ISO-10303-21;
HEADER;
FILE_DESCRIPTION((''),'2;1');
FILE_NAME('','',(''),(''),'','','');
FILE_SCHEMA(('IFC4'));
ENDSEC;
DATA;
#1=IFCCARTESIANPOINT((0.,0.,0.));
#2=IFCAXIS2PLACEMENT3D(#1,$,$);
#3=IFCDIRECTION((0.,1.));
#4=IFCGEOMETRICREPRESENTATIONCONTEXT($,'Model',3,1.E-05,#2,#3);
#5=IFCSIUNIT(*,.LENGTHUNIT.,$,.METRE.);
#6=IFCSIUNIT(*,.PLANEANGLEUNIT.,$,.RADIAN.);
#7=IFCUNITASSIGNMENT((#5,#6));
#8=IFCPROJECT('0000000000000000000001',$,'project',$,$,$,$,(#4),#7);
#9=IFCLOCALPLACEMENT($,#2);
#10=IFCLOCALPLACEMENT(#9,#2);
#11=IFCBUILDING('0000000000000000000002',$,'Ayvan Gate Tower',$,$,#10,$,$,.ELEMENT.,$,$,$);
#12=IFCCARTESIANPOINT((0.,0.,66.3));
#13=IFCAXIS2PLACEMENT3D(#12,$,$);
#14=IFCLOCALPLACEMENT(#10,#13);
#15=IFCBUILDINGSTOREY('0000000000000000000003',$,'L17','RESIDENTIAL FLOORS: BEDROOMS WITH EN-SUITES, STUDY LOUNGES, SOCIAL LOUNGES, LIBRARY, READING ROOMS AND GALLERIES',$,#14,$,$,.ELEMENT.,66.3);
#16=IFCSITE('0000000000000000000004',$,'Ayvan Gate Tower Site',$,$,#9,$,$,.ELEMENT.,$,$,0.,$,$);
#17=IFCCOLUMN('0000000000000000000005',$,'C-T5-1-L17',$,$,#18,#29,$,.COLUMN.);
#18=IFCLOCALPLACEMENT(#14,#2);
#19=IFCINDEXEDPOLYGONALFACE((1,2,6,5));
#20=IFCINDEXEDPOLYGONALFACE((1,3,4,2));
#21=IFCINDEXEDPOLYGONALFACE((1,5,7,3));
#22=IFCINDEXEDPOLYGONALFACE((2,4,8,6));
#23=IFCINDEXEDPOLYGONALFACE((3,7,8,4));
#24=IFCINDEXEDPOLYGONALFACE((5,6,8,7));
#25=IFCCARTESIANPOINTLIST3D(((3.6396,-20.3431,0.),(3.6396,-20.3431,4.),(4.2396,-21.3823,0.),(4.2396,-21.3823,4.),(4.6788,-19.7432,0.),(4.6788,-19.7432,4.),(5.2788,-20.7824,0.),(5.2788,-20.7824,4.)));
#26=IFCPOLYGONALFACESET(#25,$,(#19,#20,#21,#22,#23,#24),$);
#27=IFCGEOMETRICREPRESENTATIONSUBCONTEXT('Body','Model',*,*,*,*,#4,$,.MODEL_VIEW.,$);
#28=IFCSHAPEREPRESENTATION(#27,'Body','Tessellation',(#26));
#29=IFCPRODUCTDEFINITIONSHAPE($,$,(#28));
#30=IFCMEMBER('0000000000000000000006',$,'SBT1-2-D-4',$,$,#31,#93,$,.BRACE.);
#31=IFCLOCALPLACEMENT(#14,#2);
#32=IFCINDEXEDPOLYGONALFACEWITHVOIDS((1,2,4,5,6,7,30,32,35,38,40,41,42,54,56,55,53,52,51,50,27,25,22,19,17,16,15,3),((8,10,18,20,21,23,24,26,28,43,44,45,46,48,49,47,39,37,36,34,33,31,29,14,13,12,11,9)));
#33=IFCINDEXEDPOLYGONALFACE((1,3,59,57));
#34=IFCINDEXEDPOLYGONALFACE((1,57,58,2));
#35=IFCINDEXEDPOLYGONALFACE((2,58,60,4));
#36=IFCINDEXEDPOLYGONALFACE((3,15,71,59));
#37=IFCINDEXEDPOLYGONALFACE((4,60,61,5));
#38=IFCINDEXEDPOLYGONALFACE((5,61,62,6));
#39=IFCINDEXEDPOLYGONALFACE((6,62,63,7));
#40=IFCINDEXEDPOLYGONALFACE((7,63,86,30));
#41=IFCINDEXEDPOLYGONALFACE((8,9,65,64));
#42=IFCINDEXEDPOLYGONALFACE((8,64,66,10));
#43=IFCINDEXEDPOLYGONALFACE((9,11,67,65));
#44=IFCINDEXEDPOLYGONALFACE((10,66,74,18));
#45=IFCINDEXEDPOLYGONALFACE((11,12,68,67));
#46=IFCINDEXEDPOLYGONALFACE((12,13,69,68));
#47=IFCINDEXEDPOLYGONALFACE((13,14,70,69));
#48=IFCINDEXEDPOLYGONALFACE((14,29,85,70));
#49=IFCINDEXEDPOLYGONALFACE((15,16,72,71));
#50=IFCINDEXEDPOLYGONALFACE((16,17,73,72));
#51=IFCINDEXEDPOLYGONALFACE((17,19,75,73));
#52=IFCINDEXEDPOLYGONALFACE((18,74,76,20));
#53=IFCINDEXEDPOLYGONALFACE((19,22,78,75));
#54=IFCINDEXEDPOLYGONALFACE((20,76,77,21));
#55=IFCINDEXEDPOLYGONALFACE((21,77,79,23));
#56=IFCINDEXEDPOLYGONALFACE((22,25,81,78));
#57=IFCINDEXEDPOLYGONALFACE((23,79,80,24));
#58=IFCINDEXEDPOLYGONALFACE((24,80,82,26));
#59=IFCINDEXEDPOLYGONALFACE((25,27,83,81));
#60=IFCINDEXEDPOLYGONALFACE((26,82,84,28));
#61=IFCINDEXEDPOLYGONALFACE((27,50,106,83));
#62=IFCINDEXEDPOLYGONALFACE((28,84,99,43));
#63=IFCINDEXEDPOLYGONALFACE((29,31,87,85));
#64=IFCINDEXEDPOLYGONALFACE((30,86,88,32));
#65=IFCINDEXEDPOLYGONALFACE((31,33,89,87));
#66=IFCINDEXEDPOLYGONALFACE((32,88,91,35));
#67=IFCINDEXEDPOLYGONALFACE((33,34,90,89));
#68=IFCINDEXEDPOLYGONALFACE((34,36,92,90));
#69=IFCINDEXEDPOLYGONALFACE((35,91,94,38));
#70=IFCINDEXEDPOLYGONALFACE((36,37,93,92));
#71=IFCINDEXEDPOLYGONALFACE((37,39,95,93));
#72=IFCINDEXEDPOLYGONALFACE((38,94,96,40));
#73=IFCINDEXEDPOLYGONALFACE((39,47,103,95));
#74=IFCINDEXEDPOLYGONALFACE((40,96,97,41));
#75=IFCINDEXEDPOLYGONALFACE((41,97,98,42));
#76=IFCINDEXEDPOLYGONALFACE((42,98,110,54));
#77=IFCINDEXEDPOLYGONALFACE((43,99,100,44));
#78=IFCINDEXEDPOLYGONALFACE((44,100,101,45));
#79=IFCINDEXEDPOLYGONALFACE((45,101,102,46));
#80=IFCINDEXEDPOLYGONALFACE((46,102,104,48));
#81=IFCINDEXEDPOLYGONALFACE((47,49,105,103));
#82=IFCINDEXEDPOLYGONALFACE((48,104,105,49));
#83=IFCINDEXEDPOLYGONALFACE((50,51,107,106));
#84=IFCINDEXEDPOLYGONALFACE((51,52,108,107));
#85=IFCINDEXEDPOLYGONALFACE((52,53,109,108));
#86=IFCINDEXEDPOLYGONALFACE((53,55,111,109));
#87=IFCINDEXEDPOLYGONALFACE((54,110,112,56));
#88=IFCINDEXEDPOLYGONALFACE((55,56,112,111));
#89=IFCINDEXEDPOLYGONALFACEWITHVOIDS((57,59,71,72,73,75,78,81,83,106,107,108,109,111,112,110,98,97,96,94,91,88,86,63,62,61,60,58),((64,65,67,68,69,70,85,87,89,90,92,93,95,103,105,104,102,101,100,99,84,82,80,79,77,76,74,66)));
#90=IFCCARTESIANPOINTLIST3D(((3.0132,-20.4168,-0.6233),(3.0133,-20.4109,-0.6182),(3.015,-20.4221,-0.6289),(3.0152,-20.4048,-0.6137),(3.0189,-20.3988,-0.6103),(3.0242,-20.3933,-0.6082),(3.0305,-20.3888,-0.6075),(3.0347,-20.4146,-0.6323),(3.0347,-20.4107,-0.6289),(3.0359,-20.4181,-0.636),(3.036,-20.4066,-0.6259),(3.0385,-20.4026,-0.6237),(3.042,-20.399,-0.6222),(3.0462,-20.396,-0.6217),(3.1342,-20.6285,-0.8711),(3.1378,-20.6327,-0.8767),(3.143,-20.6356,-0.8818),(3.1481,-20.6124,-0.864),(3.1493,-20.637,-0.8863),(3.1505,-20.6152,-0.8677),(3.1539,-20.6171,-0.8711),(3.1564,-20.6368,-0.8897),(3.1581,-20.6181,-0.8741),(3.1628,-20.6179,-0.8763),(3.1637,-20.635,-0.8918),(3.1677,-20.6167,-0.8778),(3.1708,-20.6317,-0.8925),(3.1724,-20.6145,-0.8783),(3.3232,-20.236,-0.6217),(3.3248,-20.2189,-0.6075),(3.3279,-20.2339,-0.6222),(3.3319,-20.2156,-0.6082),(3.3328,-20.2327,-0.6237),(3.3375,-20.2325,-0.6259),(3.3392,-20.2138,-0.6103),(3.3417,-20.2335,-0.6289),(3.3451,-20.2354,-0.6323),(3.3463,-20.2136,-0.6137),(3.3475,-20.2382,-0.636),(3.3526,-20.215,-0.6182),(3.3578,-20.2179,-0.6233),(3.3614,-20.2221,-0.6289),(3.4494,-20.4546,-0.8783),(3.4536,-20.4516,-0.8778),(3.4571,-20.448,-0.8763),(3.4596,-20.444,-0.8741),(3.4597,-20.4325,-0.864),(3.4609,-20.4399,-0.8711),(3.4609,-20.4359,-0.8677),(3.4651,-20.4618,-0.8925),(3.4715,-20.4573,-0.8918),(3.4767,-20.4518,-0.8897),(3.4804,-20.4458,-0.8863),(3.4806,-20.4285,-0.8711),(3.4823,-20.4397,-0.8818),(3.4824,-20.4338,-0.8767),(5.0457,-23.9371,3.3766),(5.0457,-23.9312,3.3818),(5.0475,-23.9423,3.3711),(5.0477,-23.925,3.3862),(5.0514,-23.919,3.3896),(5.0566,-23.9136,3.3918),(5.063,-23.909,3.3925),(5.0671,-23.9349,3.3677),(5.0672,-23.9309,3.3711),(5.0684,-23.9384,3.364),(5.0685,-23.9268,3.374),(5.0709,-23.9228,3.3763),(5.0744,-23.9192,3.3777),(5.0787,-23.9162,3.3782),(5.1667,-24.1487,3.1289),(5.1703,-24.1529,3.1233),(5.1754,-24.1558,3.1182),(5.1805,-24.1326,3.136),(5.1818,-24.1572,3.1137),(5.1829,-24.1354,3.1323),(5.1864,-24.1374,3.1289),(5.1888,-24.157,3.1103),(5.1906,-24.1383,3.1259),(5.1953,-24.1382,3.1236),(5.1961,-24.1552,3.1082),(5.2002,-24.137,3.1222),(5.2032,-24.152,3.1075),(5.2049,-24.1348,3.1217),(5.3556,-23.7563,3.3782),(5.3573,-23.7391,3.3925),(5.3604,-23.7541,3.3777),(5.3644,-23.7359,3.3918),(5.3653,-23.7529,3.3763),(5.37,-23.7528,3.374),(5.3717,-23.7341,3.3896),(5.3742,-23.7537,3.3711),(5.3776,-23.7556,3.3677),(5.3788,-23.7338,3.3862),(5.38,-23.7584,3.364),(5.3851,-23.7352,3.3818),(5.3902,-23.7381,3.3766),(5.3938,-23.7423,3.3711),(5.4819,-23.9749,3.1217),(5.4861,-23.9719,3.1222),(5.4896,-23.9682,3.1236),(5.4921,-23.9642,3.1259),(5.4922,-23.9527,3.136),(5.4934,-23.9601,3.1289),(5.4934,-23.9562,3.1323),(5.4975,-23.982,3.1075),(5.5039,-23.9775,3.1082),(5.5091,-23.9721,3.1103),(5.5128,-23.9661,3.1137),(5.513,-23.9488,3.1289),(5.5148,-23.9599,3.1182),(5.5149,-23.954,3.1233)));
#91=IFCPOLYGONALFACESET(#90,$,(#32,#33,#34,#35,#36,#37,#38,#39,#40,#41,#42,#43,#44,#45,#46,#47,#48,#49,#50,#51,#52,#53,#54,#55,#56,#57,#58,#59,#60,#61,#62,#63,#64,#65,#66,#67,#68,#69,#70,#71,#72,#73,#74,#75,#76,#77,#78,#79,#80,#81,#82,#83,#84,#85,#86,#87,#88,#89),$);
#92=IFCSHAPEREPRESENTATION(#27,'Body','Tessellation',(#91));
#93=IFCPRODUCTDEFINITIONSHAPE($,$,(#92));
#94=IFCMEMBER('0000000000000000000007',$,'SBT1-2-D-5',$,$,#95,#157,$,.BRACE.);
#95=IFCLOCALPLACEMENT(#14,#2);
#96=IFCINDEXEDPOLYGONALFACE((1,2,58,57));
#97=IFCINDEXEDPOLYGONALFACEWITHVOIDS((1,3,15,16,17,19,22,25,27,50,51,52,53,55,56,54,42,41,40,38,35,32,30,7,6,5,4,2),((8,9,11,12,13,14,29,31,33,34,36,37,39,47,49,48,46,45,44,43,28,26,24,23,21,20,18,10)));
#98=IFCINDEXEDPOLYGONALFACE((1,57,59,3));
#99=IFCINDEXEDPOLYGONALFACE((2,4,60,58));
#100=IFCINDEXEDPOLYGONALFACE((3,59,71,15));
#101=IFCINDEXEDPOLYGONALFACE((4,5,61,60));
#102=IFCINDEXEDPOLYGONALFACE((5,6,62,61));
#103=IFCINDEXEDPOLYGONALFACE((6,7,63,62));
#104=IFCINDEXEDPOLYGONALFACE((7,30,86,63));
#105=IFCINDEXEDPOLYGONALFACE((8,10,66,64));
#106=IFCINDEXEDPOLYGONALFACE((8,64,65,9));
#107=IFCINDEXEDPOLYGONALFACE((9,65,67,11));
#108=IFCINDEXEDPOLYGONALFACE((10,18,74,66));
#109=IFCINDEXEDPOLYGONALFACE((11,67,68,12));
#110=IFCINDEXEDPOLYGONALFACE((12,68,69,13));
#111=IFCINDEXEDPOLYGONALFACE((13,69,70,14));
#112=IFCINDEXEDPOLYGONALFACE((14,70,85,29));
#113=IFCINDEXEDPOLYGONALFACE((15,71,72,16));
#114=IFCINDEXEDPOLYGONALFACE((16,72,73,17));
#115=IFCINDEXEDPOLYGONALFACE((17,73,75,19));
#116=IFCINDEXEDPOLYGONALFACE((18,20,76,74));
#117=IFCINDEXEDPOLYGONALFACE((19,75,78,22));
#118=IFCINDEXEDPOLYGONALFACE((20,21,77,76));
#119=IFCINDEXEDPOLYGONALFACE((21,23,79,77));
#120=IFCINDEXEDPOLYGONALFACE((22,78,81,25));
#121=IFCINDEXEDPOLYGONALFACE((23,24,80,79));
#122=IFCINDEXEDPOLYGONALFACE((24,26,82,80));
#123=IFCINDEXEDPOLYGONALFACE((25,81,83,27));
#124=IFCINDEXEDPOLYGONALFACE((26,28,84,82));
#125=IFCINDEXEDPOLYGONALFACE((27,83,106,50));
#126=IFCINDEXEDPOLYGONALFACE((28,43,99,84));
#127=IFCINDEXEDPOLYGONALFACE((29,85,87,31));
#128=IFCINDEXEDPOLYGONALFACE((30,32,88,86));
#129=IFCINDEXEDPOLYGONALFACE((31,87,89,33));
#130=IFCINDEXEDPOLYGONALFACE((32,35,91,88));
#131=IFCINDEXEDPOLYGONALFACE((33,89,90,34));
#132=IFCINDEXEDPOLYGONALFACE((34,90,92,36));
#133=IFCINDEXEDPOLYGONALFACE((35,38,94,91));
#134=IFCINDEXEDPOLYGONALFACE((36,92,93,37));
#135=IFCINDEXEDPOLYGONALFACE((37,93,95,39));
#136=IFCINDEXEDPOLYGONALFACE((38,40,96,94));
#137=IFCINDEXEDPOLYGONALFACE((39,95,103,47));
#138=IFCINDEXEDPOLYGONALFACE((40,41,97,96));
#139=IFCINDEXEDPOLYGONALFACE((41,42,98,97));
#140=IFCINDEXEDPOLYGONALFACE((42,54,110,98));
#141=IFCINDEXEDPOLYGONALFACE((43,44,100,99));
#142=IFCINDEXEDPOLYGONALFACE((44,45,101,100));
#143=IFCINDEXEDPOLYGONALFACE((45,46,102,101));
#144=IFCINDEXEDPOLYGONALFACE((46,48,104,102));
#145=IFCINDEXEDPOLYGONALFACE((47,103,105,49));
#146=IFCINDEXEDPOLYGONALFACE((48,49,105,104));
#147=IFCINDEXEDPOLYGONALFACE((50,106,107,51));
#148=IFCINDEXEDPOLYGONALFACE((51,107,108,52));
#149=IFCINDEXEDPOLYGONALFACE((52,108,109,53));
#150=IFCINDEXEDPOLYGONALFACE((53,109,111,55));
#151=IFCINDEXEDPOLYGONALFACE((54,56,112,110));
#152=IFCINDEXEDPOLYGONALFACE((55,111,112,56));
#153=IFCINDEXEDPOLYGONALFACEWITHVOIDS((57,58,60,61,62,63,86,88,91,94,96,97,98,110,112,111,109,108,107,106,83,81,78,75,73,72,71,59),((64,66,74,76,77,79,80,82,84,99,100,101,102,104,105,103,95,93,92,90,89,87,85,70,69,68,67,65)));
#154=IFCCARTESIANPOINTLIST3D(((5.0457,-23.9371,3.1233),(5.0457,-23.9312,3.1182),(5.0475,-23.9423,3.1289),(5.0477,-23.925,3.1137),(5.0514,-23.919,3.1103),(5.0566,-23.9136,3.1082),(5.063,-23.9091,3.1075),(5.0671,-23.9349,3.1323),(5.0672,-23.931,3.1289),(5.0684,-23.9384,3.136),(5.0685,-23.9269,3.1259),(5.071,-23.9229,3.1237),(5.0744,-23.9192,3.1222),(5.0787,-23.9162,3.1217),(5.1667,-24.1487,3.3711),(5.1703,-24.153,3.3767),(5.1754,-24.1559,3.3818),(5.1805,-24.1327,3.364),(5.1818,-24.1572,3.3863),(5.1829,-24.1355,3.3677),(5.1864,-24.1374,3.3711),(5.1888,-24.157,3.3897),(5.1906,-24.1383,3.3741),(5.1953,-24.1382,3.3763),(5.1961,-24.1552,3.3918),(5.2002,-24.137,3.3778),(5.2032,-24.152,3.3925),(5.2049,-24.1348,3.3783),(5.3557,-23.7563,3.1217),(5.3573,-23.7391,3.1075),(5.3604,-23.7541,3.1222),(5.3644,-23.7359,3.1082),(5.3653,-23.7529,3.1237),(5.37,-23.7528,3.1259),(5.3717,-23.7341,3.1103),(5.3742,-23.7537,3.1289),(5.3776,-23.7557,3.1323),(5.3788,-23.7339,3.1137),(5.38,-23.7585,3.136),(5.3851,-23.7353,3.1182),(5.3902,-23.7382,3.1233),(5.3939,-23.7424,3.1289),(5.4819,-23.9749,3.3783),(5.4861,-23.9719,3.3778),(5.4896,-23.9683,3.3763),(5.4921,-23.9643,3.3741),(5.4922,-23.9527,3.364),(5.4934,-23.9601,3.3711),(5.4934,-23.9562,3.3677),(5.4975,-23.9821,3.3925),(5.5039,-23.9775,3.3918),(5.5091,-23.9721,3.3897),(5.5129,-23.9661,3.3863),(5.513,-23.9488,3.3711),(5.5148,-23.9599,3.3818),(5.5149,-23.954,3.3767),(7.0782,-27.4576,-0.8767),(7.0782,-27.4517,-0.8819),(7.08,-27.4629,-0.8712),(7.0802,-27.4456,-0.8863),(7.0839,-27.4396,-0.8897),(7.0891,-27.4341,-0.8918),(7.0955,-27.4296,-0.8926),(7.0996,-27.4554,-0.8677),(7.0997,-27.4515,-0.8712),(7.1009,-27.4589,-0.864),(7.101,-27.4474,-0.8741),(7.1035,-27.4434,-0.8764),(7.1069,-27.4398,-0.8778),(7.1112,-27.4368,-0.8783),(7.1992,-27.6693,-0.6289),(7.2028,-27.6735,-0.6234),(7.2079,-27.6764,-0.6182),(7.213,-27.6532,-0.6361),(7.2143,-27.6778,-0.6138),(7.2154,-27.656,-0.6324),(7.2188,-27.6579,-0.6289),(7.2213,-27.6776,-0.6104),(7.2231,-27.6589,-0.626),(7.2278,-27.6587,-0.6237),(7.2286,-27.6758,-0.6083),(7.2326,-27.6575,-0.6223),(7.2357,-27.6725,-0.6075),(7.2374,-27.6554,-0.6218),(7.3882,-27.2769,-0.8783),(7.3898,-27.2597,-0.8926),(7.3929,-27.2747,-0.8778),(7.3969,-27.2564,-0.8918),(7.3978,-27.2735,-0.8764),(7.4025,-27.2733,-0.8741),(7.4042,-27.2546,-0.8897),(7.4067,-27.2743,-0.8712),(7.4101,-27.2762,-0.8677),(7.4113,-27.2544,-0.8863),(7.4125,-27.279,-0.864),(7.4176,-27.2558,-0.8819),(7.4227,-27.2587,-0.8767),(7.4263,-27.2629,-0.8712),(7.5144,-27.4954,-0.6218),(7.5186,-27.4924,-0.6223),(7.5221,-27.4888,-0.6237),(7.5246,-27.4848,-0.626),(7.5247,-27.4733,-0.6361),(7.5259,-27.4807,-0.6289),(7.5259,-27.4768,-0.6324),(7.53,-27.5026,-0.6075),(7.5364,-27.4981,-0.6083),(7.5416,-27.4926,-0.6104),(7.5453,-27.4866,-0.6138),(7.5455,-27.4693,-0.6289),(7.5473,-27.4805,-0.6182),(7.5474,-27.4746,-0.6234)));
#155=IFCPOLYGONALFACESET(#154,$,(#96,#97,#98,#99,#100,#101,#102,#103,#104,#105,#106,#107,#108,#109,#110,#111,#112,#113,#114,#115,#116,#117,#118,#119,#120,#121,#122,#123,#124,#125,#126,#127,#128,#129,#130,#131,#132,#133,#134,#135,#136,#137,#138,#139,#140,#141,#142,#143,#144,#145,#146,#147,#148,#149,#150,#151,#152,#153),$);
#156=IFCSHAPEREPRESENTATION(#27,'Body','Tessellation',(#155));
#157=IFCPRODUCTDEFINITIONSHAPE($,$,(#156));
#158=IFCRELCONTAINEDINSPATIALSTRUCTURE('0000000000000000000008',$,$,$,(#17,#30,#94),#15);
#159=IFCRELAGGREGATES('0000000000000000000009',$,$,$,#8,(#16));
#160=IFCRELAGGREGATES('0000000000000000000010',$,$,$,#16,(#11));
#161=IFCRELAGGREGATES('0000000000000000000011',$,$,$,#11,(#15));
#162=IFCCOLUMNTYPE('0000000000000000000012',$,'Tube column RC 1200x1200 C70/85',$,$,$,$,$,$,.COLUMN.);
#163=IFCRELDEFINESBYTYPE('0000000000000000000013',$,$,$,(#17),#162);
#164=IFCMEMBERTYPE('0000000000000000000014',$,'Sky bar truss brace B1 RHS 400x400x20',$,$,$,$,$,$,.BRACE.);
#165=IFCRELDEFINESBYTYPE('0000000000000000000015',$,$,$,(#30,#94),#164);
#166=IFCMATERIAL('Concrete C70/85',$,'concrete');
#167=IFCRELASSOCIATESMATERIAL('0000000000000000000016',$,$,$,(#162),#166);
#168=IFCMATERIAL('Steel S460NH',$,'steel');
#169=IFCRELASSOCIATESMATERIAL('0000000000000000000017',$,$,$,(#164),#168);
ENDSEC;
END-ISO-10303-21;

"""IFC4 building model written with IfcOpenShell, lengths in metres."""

from ifc_helpers import new_model, si_unit, direction, frame, origin, origin_2d, place, context, subcontext, project, spatial, rectangle, hollow_rectangle, extrude, material, material_profile, profile_set, type_object, element, save


model = new_model("IFC4")

# Units and contexts
model_context = context("Model", 3, precision=1e-05, world=origin(), true_north=direction((0.0, 1.0)))
body_context = subcontext(model_context, "Body", "Model", "MODEL_VIEW")
ifc_project = project(units=[si_unit("LENGTHUNIT", "METRE"), si_unit("PLANEANGLEUNIT", "RADIAN")], contexts=[model_context])

# Site, building, storey
site_placement = place(None, origin())
site = spatial("IfcSite", under=ifc_project, at=site_placement, Name="Ayvan Gate Tower Site", CompositionType="ELEMENT", RefElevation=0.0)
building_placement = place(site_placement, origin())
building = spatial("IfcBuilding", under=site, at=building_placement, Name="Ayvan Gate Tower", CompositionType="ELEMENT")
storey_placement = place(building_placement, frame((0.0, 0.0, 66.3)))
storey = spatial("IfcBuildingStorey", under=building, at=storey_placement, Name="L17", Description="RESIDENTIAL FLOORS: BEDROOMS WITH EN-SUITES, STUDY LOUNGES, SOCIAL LOUNGES, LIBRARY, READING ROOMS AND GALLERIES", CompositionType="ELEMENT", Elevation=66.3)

# Column
ifc_material_1 = material(Name="Concrete C70/85", Category="concrete")
ifc_material_profile_1 = material_profile(ifc_material_1, rectangle(XDim=1.2, YDim=1.2, at=origin_2d()), Name="RC 1200x1200")
ifc_profile_set_1 = profile_set([ifc_material_profile_1], Name="Concrete C70/85")
column_type = type_object("IfcColumnType", Name="Tube column RC 1200x1200 C70/85", PredefinedType="COLUMN", material=ifc_profile_set_1)
column_placement = place(storey_placement, frame((4.4592, -20.5627, 0.0), z_axis=(0.0, 0.0, 1.0), x_axis=(0.5, -0.866025, 0.0)))
element("IfcColumn", 1, at=column_placement, inside=storey, type_object=column_type, Name="C-T5-1-L17", PredefinedType="COLUMN", context=body_context, shape_type="SweptSolid", body=[
    extrude(rectangle(XDim=1.2, YDim=1.2, at=origin_2d()), origin(), (0.0, 0.0, 1.0), 4.0),
])

# Members
ifc_material_2 = material(Name="Steel S460NH", Category="steel")
ifc_material_profile_2 = material_profile(ifc_material_2, hollow_rectangle(XDim=0.3999, YDim=0.3999, WallThickness=0.02, InnerFilletRadius=0.02, OuterFilletRadius=0.03, at=origin_2d()), Name="RHS 400x400x20")
ifc_profile_set_2 = profile_set([ifc_material_profile_2], Name="Steel S460NH")
member_type_1 = type_object("IfcMemberType", Name="Sky bar truss brace B1 RHS 400x400x20", PredefinedType="BRACE", material=ifc_profile_set_2)
member_1_placement = place(storey_placement, frame((3.2478, -20.4253, -0.75), z_axis=(0.356392, -0.617275, 0.701396), x_axis=(0.866021, 0.500008, 0.0)))
element("IfcMember", 2, at=member_1_placement, inside=storey, type_object=member_type_1, Name="SBT1-2-D-4", PredefinedType="BRACE", context=body_context, shape_type="SweptSolid", body=[
    extrude(hollow_rectangle(XDim=0.3999, YDim=0.3999, WallThickness=0.02, InnerFilletRadius=0.02, OuterFilletRadius=0.03, at=origin_2d()), origin(), (0.0, 0.0, 1.0), 5.7029),
])
member_2_placement = place(storey_placement, frame((5.2803, -23.9456, 3.25), z_axis=(0.356382, -0.617301, -0.701378), x_axis=(0.866036, 0.499982, 0.0)))
element("IfcMember", 3, at=member_2_placement, inside=storey, type_object=member_type_1, Name="SBT1-2-D-5", PredefinedType="BRACE", context=body_context, shape_type="SweptSolid", body=[
    extrude(hollow_rectangle(XDim=0.3999, YDim=0.3999, WallThickness=0.02, InnerFilletRadius=0.02, OuterFilletRadius=0.03, at=origin_2d()), origin(), (0.0, 0.0, 1.0), 5.7031),
])

save(model, "model.ifc")
